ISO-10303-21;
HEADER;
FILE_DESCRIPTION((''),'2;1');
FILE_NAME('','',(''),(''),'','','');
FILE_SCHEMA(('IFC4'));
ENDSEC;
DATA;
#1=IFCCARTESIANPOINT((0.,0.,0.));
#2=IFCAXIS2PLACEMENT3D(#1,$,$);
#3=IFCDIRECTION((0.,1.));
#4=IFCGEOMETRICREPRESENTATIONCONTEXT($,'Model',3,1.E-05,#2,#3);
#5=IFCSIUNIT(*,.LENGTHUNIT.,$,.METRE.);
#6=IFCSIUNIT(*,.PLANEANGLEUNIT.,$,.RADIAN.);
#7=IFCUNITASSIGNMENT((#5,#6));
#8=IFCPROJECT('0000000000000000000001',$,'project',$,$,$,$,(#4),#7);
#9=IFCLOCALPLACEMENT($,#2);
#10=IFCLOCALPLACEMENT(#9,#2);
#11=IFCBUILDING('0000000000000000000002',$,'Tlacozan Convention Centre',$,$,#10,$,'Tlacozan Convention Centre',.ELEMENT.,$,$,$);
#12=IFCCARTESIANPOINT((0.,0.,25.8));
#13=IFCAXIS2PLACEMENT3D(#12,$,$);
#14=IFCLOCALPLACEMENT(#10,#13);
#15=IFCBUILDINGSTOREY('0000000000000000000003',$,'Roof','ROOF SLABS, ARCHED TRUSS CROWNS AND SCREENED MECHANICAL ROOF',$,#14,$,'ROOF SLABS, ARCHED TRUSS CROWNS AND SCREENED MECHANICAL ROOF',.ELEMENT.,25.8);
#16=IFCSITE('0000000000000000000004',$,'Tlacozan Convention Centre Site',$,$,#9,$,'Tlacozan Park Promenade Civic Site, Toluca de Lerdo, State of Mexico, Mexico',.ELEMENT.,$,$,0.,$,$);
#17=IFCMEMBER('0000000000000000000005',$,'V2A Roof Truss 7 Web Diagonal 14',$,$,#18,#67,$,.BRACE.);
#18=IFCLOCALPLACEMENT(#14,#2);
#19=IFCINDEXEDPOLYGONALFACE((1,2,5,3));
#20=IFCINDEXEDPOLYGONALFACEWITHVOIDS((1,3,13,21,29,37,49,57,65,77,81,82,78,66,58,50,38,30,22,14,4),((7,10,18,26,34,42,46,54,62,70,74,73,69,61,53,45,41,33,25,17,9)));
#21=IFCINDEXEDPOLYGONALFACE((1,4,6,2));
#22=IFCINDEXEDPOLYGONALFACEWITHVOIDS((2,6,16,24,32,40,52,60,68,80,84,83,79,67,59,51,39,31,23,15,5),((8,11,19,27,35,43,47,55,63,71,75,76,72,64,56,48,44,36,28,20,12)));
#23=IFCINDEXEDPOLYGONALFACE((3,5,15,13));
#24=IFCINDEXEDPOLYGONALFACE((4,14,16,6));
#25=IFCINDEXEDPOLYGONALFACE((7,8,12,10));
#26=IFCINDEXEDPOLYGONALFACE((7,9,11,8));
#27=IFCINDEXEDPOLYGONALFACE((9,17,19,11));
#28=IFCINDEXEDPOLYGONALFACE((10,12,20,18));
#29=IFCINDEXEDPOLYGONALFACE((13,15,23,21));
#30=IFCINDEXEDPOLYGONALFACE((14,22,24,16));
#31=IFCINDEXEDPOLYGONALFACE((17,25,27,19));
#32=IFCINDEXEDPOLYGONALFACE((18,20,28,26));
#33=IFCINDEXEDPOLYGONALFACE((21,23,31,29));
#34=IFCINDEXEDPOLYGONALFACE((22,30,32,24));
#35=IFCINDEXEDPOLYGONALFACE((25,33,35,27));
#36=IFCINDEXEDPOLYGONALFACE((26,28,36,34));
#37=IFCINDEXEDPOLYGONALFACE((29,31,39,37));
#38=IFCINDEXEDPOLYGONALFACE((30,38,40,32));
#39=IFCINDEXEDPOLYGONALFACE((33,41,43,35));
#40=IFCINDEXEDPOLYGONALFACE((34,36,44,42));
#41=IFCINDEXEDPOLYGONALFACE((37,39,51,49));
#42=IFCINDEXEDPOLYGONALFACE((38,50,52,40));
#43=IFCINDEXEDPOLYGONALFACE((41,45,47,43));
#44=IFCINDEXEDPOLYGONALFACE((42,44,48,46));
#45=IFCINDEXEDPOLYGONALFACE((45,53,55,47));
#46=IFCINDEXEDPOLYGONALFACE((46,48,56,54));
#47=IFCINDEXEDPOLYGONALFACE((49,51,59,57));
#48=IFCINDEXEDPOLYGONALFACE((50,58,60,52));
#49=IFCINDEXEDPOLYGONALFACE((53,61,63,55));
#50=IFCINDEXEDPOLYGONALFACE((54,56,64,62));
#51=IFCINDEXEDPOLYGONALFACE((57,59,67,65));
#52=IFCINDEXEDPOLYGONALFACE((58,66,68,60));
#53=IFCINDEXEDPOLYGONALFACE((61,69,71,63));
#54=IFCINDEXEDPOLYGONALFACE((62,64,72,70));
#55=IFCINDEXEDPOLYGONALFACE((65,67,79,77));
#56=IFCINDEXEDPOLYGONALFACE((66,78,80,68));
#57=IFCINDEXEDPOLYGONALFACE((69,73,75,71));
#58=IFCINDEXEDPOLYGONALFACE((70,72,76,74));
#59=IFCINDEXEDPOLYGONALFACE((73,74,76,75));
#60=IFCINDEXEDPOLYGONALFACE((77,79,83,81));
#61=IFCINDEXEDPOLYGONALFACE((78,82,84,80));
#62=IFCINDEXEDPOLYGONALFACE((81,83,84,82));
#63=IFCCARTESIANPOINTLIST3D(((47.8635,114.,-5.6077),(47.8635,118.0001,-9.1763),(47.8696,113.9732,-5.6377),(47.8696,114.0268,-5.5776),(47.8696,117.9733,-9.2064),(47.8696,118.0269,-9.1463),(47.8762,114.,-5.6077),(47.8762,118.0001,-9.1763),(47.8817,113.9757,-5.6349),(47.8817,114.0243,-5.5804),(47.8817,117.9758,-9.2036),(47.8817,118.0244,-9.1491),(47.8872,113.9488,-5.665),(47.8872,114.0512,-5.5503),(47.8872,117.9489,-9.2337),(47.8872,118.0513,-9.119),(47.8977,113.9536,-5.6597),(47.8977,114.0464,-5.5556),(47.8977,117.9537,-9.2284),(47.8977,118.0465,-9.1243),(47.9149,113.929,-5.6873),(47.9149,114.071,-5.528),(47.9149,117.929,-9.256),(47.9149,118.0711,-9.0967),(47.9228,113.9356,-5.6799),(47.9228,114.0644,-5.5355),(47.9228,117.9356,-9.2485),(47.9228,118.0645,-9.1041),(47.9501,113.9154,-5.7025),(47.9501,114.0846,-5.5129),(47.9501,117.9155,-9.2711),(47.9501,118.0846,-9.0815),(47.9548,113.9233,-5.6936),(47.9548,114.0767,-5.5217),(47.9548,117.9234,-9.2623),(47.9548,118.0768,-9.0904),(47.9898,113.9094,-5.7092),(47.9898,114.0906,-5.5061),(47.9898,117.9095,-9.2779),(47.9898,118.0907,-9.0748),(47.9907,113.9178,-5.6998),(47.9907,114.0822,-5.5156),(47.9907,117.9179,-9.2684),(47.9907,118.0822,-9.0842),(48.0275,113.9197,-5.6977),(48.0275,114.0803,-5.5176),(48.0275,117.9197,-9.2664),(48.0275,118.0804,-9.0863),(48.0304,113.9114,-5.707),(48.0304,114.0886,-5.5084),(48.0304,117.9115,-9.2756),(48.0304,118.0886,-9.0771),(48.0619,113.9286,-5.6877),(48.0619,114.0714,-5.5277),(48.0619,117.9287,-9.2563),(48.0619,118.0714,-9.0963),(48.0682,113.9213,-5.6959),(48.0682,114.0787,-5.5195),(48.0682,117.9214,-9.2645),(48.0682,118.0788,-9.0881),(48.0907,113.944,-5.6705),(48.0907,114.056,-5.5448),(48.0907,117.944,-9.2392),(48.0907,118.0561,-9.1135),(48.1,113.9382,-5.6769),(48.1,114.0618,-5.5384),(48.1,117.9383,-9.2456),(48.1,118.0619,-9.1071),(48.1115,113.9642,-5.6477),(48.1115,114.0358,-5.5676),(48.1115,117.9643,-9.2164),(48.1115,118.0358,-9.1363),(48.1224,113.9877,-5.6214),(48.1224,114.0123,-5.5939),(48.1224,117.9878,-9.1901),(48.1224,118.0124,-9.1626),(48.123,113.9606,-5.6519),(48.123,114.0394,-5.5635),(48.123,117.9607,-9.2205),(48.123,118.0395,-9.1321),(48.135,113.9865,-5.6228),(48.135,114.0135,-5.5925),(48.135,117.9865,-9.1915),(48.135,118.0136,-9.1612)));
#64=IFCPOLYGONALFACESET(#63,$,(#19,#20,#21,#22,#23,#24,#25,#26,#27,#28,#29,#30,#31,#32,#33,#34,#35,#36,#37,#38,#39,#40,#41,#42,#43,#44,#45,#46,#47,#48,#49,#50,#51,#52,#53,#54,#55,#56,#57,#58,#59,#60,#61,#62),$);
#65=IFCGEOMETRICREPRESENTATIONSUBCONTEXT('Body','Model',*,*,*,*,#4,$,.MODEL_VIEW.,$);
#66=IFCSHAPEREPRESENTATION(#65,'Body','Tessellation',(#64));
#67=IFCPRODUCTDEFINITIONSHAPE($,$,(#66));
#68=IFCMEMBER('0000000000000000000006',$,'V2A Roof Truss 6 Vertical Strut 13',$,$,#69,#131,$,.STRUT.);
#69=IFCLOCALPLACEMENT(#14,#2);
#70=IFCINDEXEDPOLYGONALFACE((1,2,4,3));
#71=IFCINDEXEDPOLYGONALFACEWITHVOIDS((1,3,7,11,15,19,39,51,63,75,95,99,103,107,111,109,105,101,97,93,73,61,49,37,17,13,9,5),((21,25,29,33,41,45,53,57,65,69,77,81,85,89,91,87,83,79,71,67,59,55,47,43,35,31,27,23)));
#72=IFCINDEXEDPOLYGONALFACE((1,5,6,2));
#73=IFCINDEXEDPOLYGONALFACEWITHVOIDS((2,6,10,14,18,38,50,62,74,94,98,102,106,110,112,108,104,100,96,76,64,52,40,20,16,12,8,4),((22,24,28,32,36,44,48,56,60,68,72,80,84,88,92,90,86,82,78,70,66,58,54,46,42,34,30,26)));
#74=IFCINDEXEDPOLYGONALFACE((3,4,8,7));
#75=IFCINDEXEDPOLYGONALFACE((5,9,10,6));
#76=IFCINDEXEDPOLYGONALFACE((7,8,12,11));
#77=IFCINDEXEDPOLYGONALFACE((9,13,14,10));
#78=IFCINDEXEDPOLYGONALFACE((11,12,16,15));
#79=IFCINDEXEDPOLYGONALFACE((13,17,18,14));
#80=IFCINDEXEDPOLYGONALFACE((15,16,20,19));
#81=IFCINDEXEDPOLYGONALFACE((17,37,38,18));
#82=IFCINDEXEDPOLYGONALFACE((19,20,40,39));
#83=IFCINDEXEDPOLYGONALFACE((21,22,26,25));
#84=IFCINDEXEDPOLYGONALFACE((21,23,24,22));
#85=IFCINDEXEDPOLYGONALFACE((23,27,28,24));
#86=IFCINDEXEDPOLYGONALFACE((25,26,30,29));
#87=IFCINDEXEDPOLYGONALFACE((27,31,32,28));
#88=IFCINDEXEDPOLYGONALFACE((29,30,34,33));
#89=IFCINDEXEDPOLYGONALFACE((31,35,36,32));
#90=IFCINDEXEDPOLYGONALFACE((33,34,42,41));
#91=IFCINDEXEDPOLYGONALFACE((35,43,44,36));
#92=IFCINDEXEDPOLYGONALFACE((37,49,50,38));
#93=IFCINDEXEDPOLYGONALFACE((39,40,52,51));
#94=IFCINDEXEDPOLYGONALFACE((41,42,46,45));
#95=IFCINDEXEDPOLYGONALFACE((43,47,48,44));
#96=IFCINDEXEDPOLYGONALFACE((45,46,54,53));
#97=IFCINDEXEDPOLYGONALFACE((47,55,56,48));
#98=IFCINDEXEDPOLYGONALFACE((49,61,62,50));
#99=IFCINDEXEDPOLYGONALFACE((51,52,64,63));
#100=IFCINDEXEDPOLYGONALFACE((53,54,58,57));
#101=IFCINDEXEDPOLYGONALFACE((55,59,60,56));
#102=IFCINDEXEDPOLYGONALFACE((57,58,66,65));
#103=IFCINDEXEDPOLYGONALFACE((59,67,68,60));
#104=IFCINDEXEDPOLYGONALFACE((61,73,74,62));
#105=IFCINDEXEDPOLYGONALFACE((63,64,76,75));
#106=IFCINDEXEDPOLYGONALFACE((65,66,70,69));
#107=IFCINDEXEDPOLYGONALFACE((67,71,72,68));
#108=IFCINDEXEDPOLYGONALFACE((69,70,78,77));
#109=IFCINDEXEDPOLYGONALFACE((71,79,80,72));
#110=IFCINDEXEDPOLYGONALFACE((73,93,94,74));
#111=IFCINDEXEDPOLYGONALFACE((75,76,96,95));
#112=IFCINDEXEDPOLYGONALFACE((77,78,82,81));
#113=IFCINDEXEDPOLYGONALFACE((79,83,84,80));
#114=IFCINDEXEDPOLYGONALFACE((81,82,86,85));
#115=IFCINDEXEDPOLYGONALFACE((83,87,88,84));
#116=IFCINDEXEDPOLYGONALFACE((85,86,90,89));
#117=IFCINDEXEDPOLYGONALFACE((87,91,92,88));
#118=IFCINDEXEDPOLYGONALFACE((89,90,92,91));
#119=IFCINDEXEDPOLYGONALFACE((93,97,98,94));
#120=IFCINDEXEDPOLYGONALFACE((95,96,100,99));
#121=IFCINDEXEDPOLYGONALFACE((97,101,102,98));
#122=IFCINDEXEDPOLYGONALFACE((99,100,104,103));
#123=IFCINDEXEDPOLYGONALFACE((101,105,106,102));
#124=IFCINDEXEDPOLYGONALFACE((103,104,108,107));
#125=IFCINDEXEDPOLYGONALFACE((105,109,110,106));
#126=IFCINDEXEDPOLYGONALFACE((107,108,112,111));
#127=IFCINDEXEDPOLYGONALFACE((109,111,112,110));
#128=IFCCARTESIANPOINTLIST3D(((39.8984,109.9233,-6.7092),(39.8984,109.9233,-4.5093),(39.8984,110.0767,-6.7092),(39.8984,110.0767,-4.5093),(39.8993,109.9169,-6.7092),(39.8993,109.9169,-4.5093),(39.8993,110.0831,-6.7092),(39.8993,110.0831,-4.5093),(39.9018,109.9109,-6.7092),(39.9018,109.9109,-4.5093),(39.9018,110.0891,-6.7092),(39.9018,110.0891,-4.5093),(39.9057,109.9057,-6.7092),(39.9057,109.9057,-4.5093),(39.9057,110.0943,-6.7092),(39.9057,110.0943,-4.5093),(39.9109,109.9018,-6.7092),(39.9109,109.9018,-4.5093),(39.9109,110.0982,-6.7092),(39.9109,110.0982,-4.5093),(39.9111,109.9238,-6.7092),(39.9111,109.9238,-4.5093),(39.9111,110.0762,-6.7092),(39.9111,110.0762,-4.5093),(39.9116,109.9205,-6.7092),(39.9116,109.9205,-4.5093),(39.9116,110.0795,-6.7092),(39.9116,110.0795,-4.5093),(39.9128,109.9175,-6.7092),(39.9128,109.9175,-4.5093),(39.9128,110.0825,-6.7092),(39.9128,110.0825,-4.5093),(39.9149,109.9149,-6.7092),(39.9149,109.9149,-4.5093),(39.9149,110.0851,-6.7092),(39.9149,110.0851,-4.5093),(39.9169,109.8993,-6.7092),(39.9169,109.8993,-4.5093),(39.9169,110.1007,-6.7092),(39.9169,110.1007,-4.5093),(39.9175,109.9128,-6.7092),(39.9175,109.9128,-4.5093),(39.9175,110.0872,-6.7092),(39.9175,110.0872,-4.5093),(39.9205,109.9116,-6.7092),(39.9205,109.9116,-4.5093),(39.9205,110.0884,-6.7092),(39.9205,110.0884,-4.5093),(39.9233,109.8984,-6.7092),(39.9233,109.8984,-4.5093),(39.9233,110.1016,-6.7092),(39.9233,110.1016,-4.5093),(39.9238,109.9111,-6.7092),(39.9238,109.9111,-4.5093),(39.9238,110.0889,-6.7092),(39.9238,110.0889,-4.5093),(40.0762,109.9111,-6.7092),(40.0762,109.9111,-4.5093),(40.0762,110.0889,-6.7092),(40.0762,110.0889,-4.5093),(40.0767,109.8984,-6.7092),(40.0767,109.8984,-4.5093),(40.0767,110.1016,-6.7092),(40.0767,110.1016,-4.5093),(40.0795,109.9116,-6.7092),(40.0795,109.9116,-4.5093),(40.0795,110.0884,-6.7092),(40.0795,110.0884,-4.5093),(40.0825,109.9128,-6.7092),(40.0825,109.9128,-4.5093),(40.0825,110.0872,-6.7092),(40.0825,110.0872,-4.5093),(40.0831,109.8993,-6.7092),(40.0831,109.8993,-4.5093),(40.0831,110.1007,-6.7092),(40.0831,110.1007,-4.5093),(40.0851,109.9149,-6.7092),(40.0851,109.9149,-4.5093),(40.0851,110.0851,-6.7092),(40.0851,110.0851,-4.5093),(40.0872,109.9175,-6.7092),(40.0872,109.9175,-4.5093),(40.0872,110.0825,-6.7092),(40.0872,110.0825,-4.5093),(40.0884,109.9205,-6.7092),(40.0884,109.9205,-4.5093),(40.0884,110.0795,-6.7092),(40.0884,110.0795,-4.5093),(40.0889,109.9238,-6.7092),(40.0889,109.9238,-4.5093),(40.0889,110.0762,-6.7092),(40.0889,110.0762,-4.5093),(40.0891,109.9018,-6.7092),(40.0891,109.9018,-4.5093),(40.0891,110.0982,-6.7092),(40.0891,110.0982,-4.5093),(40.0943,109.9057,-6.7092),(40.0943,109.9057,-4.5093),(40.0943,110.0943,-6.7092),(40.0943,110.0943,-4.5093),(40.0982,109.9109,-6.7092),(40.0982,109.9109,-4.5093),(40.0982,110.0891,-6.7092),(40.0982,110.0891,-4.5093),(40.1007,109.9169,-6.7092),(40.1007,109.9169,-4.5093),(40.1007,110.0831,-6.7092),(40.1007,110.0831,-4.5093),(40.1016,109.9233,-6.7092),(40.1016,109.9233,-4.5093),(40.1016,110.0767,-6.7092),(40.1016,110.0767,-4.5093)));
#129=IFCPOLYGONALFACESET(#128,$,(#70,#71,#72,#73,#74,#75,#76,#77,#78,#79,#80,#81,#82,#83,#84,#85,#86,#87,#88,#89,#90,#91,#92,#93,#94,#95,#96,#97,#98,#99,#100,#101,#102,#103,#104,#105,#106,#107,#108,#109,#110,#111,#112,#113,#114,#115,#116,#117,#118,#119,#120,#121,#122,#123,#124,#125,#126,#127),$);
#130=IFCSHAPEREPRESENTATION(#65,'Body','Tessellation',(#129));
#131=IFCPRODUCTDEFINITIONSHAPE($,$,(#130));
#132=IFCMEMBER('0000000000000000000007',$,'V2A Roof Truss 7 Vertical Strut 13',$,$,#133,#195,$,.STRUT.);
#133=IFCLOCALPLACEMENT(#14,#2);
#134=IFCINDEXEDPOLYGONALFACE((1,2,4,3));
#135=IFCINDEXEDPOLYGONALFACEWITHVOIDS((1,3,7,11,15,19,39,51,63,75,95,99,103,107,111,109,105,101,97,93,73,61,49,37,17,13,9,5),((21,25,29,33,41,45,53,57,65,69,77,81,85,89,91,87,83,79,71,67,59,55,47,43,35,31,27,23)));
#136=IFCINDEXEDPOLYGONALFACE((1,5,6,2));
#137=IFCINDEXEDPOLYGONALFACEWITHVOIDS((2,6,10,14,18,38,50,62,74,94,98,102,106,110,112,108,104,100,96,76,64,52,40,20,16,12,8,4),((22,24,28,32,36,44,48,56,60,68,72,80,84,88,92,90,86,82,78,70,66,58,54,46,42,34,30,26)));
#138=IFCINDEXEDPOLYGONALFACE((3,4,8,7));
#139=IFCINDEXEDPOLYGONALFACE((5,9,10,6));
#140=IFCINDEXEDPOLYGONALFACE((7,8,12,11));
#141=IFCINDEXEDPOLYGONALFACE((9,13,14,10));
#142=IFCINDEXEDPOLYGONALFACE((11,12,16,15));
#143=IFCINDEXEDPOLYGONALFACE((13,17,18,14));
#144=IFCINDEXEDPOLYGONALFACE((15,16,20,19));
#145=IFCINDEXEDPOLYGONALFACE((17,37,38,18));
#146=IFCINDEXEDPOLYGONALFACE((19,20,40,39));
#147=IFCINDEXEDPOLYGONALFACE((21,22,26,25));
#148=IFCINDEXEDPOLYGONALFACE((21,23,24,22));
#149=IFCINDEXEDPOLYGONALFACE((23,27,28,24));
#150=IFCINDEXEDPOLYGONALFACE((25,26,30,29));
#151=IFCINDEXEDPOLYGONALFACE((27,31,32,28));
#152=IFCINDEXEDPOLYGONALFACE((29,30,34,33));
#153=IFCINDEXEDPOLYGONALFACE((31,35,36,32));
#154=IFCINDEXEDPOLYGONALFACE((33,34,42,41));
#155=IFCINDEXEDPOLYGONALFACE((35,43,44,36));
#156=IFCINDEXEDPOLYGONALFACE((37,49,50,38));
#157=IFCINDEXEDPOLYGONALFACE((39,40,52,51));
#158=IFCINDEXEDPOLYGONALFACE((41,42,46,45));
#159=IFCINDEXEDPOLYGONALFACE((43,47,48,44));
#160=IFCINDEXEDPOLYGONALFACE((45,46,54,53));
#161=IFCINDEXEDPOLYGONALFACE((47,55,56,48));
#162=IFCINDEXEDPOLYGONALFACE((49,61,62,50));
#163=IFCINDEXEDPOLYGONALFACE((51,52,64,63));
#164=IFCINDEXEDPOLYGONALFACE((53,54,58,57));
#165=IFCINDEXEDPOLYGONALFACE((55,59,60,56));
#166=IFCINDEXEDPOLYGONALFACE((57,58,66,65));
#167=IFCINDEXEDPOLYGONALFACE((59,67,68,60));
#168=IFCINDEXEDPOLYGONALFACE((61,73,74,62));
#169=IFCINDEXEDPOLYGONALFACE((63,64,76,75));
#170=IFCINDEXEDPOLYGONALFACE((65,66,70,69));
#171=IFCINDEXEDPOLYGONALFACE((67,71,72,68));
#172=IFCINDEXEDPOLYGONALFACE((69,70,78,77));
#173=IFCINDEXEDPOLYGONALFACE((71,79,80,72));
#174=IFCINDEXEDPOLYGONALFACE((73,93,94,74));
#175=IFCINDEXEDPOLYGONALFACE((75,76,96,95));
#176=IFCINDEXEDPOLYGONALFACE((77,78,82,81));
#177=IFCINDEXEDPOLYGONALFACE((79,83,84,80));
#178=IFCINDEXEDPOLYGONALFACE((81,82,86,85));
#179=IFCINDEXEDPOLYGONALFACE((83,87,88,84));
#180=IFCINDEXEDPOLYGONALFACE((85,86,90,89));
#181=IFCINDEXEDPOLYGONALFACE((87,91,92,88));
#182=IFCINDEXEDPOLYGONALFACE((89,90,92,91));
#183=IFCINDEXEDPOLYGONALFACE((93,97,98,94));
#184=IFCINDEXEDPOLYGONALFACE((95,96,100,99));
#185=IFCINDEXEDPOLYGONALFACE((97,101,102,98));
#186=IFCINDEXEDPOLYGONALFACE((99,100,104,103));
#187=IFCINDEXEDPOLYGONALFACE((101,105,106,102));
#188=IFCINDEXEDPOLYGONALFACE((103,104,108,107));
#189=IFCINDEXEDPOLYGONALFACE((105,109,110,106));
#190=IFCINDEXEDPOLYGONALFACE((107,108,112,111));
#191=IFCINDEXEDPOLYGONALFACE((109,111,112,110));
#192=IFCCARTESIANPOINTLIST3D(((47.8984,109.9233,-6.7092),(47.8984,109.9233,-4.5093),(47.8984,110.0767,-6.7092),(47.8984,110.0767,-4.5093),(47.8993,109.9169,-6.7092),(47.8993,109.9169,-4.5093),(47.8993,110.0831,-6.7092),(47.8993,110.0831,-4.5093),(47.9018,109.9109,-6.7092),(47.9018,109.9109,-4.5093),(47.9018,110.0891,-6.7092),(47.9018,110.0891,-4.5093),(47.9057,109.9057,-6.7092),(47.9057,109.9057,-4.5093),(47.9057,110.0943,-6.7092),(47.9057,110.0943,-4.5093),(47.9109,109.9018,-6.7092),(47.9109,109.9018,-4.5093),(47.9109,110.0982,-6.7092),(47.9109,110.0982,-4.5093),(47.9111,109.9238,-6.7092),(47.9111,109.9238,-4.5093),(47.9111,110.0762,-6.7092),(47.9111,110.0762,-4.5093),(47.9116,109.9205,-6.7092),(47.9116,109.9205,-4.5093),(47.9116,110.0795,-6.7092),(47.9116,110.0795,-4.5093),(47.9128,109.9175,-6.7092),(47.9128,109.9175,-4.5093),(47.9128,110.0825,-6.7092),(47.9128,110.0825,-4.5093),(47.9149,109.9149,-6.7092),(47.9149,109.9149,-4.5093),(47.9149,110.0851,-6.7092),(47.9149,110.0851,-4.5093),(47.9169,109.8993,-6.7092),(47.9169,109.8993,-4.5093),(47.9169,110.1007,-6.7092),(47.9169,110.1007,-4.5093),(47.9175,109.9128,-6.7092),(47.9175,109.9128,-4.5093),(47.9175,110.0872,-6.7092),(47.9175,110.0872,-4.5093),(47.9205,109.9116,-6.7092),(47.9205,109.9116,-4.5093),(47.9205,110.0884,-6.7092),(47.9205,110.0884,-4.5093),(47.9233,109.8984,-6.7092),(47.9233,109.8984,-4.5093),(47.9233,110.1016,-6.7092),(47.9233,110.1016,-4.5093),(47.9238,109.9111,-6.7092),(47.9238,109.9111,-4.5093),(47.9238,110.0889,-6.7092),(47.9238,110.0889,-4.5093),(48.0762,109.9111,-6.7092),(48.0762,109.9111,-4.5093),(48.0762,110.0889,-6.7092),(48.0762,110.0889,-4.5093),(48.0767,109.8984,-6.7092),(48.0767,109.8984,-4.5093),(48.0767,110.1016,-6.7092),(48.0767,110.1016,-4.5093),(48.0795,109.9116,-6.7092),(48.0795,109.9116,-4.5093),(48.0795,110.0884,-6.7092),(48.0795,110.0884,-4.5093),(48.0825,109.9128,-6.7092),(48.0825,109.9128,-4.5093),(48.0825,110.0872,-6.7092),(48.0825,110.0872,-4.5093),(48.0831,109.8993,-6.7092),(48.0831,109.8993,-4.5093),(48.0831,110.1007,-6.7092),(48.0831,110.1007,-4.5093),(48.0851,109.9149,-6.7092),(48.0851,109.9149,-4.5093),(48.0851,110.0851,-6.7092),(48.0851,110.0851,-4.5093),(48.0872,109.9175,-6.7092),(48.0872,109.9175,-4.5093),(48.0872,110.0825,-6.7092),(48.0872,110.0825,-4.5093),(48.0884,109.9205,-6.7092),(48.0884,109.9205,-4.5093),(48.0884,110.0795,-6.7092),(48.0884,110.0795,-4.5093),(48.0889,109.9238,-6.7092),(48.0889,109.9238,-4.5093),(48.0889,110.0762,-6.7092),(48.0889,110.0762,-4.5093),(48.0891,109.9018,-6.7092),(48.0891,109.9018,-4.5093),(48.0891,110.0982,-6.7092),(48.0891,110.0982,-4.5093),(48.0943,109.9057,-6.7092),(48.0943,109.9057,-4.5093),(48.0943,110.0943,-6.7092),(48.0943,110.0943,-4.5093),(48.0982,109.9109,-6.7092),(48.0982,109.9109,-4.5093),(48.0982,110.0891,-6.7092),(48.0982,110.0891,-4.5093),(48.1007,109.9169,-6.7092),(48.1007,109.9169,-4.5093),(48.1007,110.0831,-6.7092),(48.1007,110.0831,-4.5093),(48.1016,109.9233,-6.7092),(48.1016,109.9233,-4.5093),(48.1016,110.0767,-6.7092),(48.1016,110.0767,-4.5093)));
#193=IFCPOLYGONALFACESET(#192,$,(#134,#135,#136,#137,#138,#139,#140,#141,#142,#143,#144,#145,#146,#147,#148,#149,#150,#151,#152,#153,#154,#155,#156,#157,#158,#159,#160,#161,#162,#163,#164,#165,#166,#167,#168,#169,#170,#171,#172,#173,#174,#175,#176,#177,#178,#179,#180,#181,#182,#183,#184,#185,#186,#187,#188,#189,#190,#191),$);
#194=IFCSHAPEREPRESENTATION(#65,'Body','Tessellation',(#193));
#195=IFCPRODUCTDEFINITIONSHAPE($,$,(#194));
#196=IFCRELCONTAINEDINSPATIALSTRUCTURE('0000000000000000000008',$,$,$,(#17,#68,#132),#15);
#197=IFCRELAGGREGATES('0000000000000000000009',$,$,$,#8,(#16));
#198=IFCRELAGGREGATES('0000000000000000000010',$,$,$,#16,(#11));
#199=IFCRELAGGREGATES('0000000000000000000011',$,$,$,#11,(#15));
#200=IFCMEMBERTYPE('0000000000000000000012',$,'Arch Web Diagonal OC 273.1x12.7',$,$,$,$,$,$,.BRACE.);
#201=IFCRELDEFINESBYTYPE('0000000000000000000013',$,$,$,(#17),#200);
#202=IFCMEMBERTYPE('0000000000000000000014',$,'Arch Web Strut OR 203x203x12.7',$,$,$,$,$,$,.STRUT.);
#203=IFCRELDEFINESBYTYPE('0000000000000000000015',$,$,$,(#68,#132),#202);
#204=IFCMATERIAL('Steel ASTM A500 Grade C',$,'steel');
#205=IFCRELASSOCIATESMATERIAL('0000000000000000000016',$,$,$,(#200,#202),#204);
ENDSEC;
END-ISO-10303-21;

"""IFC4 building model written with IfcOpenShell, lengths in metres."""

from ifc_helpers import new_model, si_unit, direction, frame, origin, origin_2d, place, context, subcontext, project, spatial, hollow_rectangle, hollow_circle, extrude, material, material_profile, profile_set, type_object, element, save


model = new_model("IFC4")

# Units and contexts
model_context = context("Model", 3, precision=1e-05, world=origin(), true_north=direction((0.0, 1.0)))
body_context = subcontext(model_context, "Body", "Model", "MODEL_VIEW")
ifc_project = project(units=[si_unit("LENGTHUNIT", "METRE"), si_unit("PLANEANGLEUNIT", "RADIAN")], contexts=[model_context])

# Site, building, storey
site_placement = place(None, origin())
site = spatial("IfcSite", under=ifc_project, at=site_placement, Name="Tlacozan Convention Centre Site", LongName="Tlacozan Park Promenade Civic Site, Toluca de Lerdo, State of Mexico, Mexico", CompositionType="ELEMENT", RefElevation=0.0)
building_placement = place(site_placement, origin())
building = spatial("IfcBuilding", under=site, at=building_placement, Name="Tlacozan Convention Centre", LongName="Tlacozan Convention Centre", CompositionType="ELEMENT")
storey_placement = place(building_placement, frame((0.0, 0.0, 25.8)))
storey = spatial("IfcBuildingStorey", under=building, at=storey_placement, Name="Roof", Description="ROOF SLABS, ARCHED TRUSS CROWNS AND SCREENED MECHANICAL ROOF", LongName="ROOF SLABS, ARCHED TRUSS CROWNS AND SCREENED MECHANICAL ROOF", CompositionType="ELEMENT", Elevation=25.8)

# Members
ifc_material_1 = material(Name="Steel ASTM A500 Grade C", Category="steel")
ifc_material_profile_1 = material_profile(ifc_material_1, hollow_circle(Radius=0.1365, WallThickness=0.0127, at=origin_2d()), Name="OC 273.1x12.7")
ifc_profile_set_1 = profile_set([ifc_material_profile_1], Name="Steel ASTM A500 Grade C")
member_type_1 = type_object("IfcMemberType", Name="Arch Web Diagonal OC 273.1x12.7", PredefinedType="BRACE", material=ifc_profile_set_1)
member_1_placement = place(storey_placement, frame((48.0, 114.0, -5.6077), z_axis=(0.0, 0.746199, -0.665722), x_axis=(-1.0, 0.0, 0.0)))
element("IfcMember", 1, at=member_1_placement, inside=storey, type_object=member_type_1, Name="V2A Roof Truss 7 Web Diagonal 14", PredefinedType="BRACE", context=body_context, shape_type="SweptSolid", body=[
    extrude(hollow_circle(Radius=0.1365, WallThickness=0.0127, at=origin_2d()), origin(), (0.0, 0.0, 1.0), 5.3606),
])
ifc_material_profile_2 = material_profile(ifc_material_1, hollow_rectangle(XDim=0.2031, YDim=0.2031, WallThickness=0.0127, InnerFilletRadius=0.0127, OuterFilletRadius=0.0249, at=origin_2d()), Name="OR 203x203x12.7")
ifc_profile_set_2 = profile_set([ifc_material_profile_2], Name="Steel ASTM A500 Grade C")
member_type_2 = type_object("IfcMemberType", Name="Arch Web Strut OR 203x203x12.7", PredefinedType="STRUT", material=ifc_profile_set_2)
for number, where, z_axis, x_axis, name in (
    (2, (40.0, 110.0, -6.7092), (0.0, 0.0, 1.0), (1.0, 0.0, 0.0), "V2A Roof Truss 6 Vertical Strut 13"),
    (3, (48.0, 110.0, -6.7092), (0.0, 0.0, 1.0), (1.0, 0.0, 0.0), "V2A Roof Truss 7 Vertical Strut 13"),
):
    element("IfcMember", number, at=place(storey_placement, frame(where, z_axis=z_axis, x_axis=x_axis)), inside=storey, type_object=member_type_2, Name=name, PredefinedType="STRUT", context=body_context, shape_type="SweptSolid", body=[
        extrude(hollow_rectangle(XDim=0.2031, YDim=0.2031, WallThickness=0.0127, InnerFilletRadius=0.0127, OuterFilletRadius=0.0249, at=origin_2d()), origin(), (0.0, 0.0, 1.0), 2.2),
    ])

save(model, "model.ifc")
